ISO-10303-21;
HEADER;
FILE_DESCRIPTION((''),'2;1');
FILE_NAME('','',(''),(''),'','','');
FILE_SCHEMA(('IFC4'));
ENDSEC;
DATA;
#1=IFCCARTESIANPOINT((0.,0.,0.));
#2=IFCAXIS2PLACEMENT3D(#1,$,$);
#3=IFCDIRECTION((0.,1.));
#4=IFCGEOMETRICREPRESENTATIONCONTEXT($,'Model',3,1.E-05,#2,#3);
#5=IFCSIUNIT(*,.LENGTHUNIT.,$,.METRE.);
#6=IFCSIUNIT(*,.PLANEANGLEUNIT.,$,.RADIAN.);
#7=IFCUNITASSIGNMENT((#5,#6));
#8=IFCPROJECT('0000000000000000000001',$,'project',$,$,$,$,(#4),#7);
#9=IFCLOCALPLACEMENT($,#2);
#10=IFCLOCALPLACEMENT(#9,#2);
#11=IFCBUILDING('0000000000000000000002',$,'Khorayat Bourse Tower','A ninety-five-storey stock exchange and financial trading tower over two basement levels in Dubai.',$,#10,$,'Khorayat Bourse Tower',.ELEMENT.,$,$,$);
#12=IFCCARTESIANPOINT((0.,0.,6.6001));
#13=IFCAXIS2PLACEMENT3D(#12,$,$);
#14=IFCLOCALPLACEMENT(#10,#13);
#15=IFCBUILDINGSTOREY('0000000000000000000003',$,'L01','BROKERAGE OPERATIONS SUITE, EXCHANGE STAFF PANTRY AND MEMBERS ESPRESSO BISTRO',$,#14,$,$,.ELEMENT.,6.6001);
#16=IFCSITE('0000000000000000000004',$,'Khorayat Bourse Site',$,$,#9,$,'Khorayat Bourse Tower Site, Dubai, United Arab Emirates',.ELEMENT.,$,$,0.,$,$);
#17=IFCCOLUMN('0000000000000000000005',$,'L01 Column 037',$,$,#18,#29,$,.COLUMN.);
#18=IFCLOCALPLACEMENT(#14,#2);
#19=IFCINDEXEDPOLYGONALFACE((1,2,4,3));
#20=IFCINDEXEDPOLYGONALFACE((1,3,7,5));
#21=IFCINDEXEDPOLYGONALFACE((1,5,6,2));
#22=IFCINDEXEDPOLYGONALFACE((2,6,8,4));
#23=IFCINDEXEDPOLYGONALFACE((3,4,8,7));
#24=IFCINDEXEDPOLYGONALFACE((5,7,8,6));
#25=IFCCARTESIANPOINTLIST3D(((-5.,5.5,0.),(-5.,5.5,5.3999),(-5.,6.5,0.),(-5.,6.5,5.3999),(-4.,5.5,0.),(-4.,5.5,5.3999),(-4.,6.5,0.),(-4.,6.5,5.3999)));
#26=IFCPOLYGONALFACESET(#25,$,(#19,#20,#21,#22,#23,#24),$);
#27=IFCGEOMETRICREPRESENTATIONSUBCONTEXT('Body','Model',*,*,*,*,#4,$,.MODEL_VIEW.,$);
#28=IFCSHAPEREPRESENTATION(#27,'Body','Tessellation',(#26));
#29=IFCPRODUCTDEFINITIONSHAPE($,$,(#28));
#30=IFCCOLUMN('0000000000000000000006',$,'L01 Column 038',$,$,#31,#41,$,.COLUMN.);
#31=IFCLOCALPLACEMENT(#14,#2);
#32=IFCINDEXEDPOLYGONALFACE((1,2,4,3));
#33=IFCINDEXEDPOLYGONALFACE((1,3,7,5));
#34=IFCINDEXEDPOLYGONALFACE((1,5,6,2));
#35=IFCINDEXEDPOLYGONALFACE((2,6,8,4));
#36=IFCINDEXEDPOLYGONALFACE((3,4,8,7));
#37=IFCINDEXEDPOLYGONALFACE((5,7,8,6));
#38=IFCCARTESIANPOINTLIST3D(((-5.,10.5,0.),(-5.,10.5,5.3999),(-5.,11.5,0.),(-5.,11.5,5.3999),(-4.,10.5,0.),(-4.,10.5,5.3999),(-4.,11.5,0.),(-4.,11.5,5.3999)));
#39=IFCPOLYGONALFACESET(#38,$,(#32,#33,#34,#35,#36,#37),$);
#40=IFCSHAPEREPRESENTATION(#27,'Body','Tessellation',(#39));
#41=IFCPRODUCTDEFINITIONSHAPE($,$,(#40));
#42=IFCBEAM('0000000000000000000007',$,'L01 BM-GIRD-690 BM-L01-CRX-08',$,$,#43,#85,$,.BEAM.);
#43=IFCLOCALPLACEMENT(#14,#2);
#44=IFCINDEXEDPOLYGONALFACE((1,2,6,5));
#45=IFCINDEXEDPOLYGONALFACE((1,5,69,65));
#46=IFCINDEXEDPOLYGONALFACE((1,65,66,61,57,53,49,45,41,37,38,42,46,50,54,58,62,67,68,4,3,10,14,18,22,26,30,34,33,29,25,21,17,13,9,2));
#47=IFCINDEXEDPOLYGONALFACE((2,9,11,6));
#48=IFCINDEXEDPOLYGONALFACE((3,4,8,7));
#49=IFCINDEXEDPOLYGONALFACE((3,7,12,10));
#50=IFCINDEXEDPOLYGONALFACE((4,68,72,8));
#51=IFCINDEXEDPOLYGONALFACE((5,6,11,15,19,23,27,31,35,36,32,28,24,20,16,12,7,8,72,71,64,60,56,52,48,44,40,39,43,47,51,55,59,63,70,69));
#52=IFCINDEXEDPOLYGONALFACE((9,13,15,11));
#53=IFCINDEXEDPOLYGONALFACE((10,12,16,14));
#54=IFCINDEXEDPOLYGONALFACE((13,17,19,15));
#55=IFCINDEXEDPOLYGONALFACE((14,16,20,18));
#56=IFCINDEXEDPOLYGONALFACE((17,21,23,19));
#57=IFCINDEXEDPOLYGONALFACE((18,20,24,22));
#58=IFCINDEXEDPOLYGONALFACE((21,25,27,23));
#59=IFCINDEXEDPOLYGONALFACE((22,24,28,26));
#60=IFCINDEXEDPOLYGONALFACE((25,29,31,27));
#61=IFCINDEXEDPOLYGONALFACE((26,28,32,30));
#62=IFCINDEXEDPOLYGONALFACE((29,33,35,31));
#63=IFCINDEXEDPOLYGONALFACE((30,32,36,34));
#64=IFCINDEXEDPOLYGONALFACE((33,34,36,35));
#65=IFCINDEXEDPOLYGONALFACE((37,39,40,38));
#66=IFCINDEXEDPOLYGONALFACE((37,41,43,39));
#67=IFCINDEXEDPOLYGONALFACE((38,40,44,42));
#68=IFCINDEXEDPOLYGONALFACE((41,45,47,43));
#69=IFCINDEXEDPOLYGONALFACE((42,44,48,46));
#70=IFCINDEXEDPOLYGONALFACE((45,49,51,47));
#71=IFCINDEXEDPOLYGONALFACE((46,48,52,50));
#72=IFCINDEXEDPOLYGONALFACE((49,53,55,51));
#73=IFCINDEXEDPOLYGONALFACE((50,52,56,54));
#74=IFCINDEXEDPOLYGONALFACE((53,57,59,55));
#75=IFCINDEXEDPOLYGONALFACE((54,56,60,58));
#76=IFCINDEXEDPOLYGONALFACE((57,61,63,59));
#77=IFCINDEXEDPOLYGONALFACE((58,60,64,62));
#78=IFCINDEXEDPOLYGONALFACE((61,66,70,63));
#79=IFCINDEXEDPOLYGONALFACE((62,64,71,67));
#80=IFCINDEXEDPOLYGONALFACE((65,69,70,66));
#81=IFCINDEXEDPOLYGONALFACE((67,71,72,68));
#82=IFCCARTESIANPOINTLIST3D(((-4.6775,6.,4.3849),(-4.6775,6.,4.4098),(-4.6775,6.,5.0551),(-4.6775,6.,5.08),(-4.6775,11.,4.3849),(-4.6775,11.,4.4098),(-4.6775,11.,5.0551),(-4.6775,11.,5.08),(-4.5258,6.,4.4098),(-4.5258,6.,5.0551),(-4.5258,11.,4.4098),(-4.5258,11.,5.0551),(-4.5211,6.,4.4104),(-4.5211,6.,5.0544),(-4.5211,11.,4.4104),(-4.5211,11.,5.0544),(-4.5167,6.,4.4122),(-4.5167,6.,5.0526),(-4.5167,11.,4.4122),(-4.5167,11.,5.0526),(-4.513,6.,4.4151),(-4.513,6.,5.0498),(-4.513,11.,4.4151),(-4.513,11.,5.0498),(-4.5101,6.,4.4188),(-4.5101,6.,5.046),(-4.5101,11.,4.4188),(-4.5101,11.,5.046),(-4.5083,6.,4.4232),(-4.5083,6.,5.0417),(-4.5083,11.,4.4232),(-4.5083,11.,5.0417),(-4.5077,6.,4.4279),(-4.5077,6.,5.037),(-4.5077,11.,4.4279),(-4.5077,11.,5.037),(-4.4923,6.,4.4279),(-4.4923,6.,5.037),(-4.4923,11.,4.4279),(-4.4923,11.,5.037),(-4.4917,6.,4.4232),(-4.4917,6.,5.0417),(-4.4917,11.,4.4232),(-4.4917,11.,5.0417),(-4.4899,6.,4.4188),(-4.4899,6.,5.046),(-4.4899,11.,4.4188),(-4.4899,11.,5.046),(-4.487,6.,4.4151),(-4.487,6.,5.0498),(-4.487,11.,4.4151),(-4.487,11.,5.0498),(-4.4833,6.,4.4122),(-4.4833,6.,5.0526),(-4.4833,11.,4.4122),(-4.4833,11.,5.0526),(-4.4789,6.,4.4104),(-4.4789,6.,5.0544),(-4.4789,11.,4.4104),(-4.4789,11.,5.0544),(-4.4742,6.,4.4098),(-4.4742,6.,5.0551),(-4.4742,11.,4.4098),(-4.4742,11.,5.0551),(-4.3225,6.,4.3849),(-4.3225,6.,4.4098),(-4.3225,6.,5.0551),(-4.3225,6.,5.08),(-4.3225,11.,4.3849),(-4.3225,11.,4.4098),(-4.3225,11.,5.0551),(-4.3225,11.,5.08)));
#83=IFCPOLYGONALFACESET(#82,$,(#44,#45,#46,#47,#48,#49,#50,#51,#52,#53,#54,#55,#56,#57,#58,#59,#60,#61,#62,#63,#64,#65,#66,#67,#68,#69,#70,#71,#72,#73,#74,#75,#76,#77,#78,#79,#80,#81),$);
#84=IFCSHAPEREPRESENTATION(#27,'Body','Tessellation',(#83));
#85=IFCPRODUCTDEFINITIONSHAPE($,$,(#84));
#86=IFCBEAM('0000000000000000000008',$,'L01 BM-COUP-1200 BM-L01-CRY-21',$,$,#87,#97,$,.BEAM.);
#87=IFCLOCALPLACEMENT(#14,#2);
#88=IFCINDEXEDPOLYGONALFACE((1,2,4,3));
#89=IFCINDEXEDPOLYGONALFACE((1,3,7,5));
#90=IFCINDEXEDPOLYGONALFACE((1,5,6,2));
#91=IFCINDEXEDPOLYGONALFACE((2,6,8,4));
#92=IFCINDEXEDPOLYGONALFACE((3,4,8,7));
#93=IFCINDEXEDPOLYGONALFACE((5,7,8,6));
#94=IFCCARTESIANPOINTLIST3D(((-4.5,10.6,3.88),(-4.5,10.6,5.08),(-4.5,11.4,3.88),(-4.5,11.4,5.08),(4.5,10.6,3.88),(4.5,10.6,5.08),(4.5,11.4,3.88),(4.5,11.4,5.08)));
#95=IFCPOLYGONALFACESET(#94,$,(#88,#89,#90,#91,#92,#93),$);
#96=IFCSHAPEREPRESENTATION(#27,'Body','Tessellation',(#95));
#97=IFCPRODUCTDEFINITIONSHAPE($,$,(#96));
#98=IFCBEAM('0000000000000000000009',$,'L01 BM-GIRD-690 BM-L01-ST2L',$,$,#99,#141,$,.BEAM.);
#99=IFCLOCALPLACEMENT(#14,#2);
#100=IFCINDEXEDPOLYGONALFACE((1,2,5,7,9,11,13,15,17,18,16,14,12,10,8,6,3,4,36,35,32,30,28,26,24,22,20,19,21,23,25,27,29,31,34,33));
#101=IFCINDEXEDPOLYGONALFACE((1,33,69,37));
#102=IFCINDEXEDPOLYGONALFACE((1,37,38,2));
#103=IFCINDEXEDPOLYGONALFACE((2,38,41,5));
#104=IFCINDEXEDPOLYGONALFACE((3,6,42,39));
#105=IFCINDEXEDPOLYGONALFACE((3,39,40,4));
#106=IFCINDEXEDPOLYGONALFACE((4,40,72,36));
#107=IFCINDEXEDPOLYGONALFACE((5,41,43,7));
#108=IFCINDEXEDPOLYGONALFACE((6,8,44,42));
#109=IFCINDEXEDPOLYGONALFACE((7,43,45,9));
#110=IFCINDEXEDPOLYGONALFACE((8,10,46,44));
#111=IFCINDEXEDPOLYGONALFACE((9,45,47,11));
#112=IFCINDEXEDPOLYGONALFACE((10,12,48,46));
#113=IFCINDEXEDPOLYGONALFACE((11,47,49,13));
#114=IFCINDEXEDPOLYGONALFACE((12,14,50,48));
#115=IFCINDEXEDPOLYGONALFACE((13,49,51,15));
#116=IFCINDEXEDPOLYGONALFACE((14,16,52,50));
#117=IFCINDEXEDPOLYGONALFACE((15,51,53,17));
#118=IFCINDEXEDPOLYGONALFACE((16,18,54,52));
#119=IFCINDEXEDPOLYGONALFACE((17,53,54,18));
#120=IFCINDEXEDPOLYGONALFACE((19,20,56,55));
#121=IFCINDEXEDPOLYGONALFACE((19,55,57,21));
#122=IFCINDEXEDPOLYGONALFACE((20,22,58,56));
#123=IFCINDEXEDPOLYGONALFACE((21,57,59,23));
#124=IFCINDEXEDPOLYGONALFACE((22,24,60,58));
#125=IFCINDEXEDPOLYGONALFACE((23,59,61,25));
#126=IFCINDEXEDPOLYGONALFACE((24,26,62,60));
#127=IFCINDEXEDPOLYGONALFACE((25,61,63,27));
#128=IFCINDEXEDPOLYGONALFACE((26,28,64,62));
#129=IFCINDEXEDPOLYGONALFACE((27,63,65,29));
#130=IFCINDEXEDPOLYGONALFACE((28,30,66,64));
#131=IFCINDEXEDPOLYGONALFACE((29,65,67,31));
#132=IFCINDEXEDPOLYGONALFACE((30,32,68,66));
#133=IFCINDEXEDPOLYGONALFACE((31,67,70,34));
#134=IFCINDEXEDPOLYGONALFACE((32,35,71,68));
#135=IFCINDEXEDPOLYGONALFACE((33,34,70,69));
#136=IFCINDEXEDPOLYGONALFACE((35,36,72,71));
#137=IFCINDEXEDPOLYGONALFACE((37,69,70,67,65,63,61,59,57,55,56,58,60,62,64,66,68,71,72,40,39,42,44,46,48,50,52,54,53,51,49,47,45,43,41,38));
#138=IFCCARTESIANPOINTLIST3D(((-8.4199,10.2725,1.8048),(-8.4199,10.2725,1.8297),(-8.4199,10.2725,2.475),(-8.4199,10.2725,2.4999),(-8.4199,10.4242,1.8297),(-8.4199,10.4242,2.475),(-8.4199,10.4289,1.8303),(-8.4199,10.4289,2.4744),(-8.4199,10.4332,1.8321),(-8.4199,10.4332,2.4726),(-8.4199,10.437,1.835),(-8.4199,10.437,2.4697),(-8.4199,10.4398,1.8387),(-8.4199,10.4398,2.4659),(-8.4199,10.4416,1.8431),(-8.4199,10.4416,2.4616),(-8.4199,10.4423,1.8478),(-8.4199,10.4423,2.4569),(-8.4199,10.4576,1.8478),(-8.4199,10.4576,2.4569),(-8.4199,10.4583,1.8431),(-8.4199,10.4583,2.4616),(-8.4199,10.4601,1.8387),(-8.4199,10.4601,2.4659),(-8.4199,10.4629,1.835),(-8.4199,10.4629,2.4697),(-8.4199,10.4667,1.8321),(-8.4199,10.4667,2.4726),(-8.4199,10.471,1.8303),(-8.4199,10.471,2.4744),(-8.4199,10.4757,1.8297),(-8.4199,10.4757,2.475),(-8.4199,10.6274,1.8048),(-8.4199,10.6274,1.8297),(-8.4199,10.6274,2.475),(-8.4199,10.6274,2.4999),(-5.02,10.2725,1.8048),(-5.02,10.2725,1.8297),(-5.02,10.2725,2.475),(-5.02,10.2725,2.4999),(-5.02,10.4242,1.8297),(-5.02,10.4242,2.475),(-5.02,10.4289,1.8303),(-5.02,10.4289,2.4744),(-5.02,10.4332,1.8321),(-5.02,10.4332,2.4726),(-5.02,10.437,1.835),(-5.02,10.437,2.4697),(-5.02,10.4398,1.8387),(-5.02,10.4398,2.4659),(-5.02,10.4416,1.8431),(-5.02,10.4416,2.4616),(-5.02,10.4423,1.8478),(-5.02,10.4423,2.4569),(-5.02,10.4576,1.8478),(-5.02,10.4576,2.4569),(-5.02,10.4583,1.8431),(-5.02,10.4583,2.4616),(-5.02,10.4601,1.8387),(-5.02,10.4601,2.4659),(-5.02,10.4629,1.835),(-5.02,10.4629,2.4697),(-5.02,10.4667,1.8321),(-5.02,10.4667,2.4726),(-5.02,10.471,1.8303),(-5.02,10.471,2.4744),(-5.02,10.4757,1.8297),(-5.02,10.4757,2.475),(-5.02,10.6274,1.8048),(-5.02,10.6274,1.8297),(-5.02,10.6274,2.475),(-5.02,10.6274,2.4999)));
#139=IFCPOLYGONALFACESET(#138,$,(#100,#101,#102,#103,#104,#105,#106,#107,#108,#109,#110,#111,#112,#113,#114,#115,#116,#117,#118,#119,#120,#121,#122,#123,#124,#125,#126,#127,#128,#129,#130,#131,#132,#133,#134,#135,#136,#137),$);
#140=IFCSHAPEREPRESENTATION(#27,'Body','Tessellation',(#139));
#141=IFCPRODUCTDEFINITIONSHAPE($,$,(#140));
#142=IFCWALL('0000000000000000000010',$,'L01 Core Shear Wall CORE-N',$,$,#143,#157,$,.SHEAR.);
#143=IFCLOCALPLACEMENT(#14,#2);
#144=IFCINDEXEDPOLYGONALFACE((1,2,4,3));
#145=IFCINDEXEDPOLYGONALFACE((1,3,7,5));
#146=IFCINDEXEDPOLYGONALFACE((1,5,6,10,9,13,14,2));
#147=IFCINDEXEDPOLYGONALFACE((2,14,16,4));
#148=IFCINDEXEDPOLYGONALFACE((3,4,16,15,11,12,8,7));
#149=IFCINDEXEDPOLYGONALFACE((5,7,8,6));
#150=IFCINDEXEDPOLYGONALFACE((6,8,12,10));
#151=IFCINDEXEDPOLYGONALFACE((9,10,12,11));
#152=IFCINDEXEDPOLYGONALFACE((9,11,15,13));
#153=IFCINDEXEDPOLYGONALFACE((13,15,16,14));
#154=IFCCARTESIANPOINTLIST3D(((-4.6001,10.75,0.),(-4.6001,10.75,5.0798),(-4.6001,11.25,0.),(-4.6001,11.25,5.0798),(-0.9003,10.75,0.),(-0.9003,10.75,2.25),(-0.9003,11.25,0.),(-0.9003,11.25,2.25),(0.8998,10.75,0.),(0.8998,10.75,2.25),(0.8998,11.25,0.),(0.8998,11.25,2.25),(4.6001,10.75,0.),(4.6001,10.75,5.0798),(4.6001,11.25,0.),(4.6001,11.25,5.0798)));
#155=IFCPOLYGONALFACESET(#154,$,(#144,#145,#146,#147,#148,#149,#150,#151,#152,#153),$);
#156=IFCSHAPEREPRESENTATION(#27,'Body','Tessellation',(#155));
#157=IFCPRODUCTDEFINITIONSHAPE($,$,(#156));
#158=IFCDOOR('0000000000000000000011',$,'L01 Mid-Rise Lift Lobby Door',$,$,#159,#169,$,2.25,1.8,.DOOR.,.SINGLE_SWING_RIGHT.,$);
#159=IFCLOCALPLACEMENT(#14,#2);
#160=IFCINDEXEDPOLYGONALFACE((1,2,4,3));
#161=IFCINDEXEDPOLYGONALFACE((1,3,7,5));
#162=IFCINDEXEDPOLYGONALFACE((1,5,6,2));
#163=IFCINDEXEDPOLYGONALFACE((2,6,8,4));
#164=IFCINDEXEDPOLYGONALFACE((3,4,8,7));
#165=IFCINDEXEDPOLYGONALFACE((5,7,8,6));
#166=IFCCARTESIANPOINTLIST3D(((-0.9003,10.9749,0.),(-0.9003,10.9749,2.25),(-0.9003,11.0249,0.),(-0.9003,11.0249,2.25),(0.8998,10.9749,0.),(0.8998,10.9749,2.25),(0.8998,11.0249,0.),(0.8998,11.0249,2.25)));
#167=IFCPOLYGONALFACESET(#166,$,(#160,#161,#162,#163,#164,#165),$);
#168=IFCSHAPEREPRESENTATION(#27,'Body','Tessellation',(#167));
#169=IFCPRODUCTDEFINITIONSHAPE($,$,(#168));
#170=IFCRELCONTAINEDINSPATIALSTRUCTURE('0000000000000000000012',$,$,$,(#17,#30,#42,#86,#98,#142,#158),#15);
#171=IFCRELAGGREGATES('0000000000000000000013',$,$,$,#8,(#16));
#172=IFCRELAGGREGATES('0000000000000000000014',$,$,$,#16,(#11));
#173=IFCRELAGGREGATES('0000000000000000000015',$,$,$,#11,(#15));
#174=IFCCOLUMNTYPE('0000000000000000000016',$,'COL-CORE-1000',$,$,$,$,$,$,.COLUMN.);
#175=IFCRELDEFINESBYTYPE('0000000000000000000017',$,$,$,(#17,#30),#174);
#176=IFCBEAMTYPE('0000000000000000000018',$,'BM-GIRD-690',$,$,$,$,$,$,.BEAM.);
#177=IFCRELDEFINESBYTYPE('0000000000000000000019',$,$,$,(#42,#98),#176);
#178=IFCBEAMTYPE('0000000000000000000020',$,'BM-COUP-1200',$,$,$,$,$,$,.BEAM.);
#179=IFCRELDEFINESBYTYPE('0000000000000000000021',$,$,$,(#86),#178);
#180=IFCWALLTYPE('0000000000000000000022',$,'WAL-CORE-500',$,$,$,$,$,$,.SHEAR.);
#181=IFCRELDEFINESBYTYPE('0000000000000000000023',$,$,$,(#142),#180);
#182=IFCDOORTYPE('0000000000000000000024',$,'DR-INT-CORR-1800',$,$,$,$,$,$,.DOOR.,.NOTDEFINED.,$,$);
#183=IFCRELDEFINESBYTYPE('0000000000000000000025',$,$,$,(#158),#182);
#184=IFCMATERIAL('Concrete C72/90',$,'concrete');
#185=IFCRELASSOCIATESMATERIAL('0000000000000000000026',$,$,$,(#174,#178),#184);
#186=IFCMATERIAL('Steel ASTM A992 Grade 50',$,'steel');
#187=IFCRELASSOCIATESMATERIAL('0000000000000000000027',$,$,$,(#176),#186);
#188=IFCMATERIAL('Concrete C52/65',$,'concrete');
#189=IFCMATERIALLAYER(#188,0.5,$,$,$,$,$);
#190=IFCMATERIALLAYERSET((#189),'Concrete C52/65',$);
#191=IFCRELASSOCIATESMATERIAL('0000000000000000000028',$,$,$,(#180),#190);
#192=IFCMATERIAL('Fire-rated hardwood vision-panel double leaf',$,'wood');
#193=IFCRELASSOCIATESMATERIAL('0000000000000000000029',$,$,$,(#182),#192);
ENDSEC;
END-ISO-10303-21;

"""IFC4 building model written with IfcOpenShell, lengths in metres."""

from ifc_helpers import new_model, si_unit, direction, frame, frame_2d, origin, origin_2d, place, context, subcontext, project, spatial, rectangle, i_section, extrude, source, transform, mapped, material, layer, layer_set, material_profile, profile_set, type_object, element, fill, save


model = new_model("IFC4")

# Units and contexts
model_context = context("Model", 3, precision=1e-05, world=origin(), true_north=direction((0.0, 1.0)))
body_context = subcontext(model_context, "Body", "Model", "MODEL_VIEW")
ifc_project = project(units=[si_unit("LENGTHUNIT", "METRE"), si_unit("PLANEANGLEUNIT", "RADIAN")], contexts=[model_context])

# Site, building, storey
site_placement = place(None, origin())
site = spatial("IfcSite", under=ifc_project, at=site_placement, Name="Khorayat Bourse Site", LongName="Khorayat Bourse Tower Site, Dubai, United Arab Emirates", CompositionType="ELEMENT", RefElevation=0.0)
building_placement = place(site_placement, origin())
building = spatial("IfcBuilding", under=site, at=building_placement, Name="Khorayat Bourse Tower", Description="A ninety-five-storey stock exchange and financial trading tower over two basement levels in Dubai.", LongName="Khorayat Bourse Tower", CompositionType="ELEMENT")
storey_placement = place(building_placement, frame((0.0, 0.0, 6.6001)))
storey = spatial("IfcBuildingStorey", under=building, at=storey_placement, Name="L01", Description="BROKERAGE OPERATIONS SUITE, EXCHANGE STAFF PANTRY AND MEMBERS ESPRESSO BISTRO", CompositionType="ELEMENT", Elevation=6.6001)

# Columns
ifc_material_1 = material(Name="Concrete C72/90", Category="concrete")
ifc_material_profile_1 = material_profile(ifc_material_1, rectangle(XDim=1.0, YDim=1.0, at=origin_2d()), Name="RC 1000x1000")
ifc_profile_set_1 = profile_set([ifc_material_profile_1], Name="Concrete C72/90")
column_type = type_object("IfcColumnType", Name="COL-CORE-1000", PredefinedType="COLUMN", material=ifc_profile_set_1)
shared_shape_1 = source(origin(), body_context, "Body", "SweptSolid", [
    extrude(rectangle(XDim=1.0, YDim=1.0, at=origin_2d()), origin(), (0.0, 0.0, 1.0), 5.3999),
])
for number, where, z_axis, x_axis, name in (
    (1, (-4.5, 6.0, 0.0), (0.0, 0.0, 1.0), (1.0, 0.0, 0.0), "L01 Column 037"),
    (2, (-4.5, 11.0, 0.0), (0.0, 0.0, 1.0), (1.0, 0.0, 0.0), "L01 Column 038"),
):
    element("IfcColumn", number, at=place(storey_placement, frame(where, z_axis=z_axis, x_axis=x_axis)), inside=storey, type_object=column_type, Name=name, PredefinedType="COLUMN", context=body_context, shape_type="MappedRepresentation", body=[
        mapped(shared_shape_1, transform((0.0, 0.0, 0.0), scale=1.0)),
    ])

# Beams
ifc_material_2 = material(Name="Steel ASTM A992 Grade 50", Category="steel")
ifc_material_profile_2 = material_profile(ifc_material_2, i_section(OverallWidth=0.355, OverallDepth=0.6951, WebThickness=0.0154, FlangeThickness=0.0249, FilletRadius=0.0181, at=origin_2d()), Name="W690X217")
ifc_profile_set_2 = profile_set([ifc_material_profile_2], Name="Steel ASTM A992 Grade 50")
beam_type_1 = type_object("IfcBeamType", Name="BM-GIRD-690", PredefinedType="BEAM", material=ifc_profile_set_2)
shared_shape_2 = source(origin(), body_context, "Body", "SweptSolid", [
    extrude(i_section(OverallWidth=0.355, OverallDepth=0.6951, WebThickness=0.0154, FlangeThickness=0.0249, FilletRadius=0.0181, at=origin_2d()), origin(), (0.0, 0.0, 1.0), 5.0),
])
beam_1_placement = place(storey_placement, frame((-4.5, 6.0, 4.7324), z_axis=(0.0, 1.0, 0.0), x_axis=(-1.0, 0.0, 0.0)))
element("IfcBeam", 3, at=beam_1_placement, inside=storey, type_object=beam_type_1, Name="L01 BM-GIRD-690 BM-L01-CRX-08", PredefinedType="BEAM", context=body_context, shape_type="MappedRepresentation", body=[
    mapped(shared_shape_2, transform((0.0, 0.0, 0.0), scale=1.0)),
])
ifc_material_profile_3 = material_profile(ifc_material_1, rectangle(XDim=0.8, YDim=1.2, at=origin_2d()), Name="RC 800x1200")
ifc_profile_set_3 = profile_set([ifc_material_profile_3], Name="Concrete C72/90")
beam_type_2 = type_object("IfcBeamType", Name="BM-COUP-1200", PredefinedType="BEAM", material=ifc_profile_set_3)
shared_shape_3 = source(origin(), body_context, "Body", "SweptSolid", [
    extrude(rectangle(XDim=0.8, YDim=1.2, at=origin_2d()), origin(), (0.0, 0.0, 1.0), 9.0),
])
beam_2_placement = place(storey_placement, frame((-4.5, 11.0, 4.48), z_axis=(1.0, 0.0, 0.0), x_axis=(0.0, 1.0, 0.0)))
element("IfcBeam", 4, at=beam_2_placement, inside=storey, type_object=beam_type_2, Name="L01 BM-COUP-1200 BM-L01-CRY-21", PredefinedType="BEAM", context=body_context, shape_type="MappedRepresentation", body=[
    mapped(shared_shape_3, transform((0.0, 0.0, 0.0), scale=1.0)),
])
shared_shape_4 = source(origin(), body_context, "Body", "SweptSolid", [
    extrude(i_section(OverallWidth=0.355, OverallDepth=0.6951, WebThickness=0.0154, FlangeThickness=0.0249, FilletRadius=0.0181, at=origin_2d()), origin(), (0.0, 0.0, 1.0), 3.3999),
])
beam_3_placement = place(storey_placement, frame((-8.4199, 10.45, 2.1523), z_axis=(1.0, 0.0, 0.0), x_axis=(0.0, 1.0, 0.0)))
element("IfcBeam", 5, at=beam_3_placement, inside=storey, type_object=beam_type_1, Name="L01 BM-GIRD-690 BM-L01-ST2L", PredefinedType="BEAM", context=body_context, shape_type="MappedRepresentation", body=[
    mapped(shared_shape_4, transform((0.0, 0.0, 0.0), scale=1.0)),
])

# Wall, opening, door
ifc_material_3 = material(Name="Concrete C52/65", Category="concrete")
ifc_layer_1 = layer(ifc_material_3, 0.5)
ifc_layer_set_1 = layer_set([ifc_layer_1], Name="Concrete C52/65")
wall_type_1 = type_object("IfcWallType", Name="WAL-CORE-500", PredefinedType="SHEAR", material=ifc_layer_set_1)
shared_shape_5 = source(origin(), body_context, "Body", "SweptSolid", [
    extrude(rectangle(XDim=9.2002, YDim=0.5, at=frame_2d((4.6001, 0.0))), origin(), (0.0, 0.0, 1.0), 5.0798),
])
wall_1_placement = place(storey_placement, frame((-4.6001, 11.0, 0.0), z_axis=(0.0, 0.0, 1.0), x_axis=(1.0, 0.0, 0.0)))
wall_1 = element("IfcWall", 6, at=wall_1_placement, inside=storey, type_object=wall_type_1, Name="L01 Core Shear Wall CORE-N", PredefinedType="SHEAR", context=body_context, shape_type="MappedRepresentation", body=[
    mapped(shared_shape_5, transform((0.0, 0.0, 0.0), scale=1.0)),
])
shared_shape_6 = source(origin(), body_context, "Body", "SweptSolid", [
    extrude(rectangle(XDim=1.8, YDim=2.25, at=frame_2d((0.8999, 1.125))), frame((0.0, 0.26, 0.0), z_axis=(0.0, -1.0, 0.0), x_axis=(1.0, 0.0, 0.0)), (0.0, 0.0, 1.0), 0.52),
])
opening_1_placement = place(wall_1_placement, frame((3.7, 0.0, 0.0)))
opening_1 = element("IfcOpeningElement", 7, at=opening_1_placement, cuts=wall_1, PredefinedType="OPENING", context=body_context, shape_type="MappedRepresentation", body=[
    mapped(shared_shape_6, transform((0.0, 0.0, 0.0), scale=1.0)),
])
ifc_material_4 = material(Name="Fire-rated hardwood vision-panel double leaf", Category="wood")
door_type_1 = type_object("IfcDoorType", Name="DR-INT-CORR-1800", OperationType="NOTDEFINED", PredefinedType="DOOR", material=ifc_material_4)
shared_shape_7 = source(origin(), body_context, "Body", "SweptSolid", [
    extrude(rectangle(XDim=1.8, YDim=2.25, at=frame_2d((0.8999, 1.125))), frame((0.0, 0.0249, 0.0), z_axis=(0.0, -1.0, 0.0), x_axis=(1.0, 0.0, 0.0)), (0.0, 0.0, 1.0), 0.05),
])
door_1_placement = place(opening_1_placement, origin())
door_1 = element("IfcDoor", 8, at=door_1_placement, inside=storey, type_object=door_type_1, Name="L01 Mid-Rise Lift Lobby Door", OperationType="SINGLE_SWING_RIGHT", OverallHeight=2.25, OverallWidth=1.8, PredefinedType="DOOR", context=body_context, shape_type="MappedRepresentation", body=[
    mapped(shared_shape_7, transform((0.0, 0.0, 0.0), scale=1.0)),
])
fill(opening_1, door_1)

save(model, "model.ifc")
